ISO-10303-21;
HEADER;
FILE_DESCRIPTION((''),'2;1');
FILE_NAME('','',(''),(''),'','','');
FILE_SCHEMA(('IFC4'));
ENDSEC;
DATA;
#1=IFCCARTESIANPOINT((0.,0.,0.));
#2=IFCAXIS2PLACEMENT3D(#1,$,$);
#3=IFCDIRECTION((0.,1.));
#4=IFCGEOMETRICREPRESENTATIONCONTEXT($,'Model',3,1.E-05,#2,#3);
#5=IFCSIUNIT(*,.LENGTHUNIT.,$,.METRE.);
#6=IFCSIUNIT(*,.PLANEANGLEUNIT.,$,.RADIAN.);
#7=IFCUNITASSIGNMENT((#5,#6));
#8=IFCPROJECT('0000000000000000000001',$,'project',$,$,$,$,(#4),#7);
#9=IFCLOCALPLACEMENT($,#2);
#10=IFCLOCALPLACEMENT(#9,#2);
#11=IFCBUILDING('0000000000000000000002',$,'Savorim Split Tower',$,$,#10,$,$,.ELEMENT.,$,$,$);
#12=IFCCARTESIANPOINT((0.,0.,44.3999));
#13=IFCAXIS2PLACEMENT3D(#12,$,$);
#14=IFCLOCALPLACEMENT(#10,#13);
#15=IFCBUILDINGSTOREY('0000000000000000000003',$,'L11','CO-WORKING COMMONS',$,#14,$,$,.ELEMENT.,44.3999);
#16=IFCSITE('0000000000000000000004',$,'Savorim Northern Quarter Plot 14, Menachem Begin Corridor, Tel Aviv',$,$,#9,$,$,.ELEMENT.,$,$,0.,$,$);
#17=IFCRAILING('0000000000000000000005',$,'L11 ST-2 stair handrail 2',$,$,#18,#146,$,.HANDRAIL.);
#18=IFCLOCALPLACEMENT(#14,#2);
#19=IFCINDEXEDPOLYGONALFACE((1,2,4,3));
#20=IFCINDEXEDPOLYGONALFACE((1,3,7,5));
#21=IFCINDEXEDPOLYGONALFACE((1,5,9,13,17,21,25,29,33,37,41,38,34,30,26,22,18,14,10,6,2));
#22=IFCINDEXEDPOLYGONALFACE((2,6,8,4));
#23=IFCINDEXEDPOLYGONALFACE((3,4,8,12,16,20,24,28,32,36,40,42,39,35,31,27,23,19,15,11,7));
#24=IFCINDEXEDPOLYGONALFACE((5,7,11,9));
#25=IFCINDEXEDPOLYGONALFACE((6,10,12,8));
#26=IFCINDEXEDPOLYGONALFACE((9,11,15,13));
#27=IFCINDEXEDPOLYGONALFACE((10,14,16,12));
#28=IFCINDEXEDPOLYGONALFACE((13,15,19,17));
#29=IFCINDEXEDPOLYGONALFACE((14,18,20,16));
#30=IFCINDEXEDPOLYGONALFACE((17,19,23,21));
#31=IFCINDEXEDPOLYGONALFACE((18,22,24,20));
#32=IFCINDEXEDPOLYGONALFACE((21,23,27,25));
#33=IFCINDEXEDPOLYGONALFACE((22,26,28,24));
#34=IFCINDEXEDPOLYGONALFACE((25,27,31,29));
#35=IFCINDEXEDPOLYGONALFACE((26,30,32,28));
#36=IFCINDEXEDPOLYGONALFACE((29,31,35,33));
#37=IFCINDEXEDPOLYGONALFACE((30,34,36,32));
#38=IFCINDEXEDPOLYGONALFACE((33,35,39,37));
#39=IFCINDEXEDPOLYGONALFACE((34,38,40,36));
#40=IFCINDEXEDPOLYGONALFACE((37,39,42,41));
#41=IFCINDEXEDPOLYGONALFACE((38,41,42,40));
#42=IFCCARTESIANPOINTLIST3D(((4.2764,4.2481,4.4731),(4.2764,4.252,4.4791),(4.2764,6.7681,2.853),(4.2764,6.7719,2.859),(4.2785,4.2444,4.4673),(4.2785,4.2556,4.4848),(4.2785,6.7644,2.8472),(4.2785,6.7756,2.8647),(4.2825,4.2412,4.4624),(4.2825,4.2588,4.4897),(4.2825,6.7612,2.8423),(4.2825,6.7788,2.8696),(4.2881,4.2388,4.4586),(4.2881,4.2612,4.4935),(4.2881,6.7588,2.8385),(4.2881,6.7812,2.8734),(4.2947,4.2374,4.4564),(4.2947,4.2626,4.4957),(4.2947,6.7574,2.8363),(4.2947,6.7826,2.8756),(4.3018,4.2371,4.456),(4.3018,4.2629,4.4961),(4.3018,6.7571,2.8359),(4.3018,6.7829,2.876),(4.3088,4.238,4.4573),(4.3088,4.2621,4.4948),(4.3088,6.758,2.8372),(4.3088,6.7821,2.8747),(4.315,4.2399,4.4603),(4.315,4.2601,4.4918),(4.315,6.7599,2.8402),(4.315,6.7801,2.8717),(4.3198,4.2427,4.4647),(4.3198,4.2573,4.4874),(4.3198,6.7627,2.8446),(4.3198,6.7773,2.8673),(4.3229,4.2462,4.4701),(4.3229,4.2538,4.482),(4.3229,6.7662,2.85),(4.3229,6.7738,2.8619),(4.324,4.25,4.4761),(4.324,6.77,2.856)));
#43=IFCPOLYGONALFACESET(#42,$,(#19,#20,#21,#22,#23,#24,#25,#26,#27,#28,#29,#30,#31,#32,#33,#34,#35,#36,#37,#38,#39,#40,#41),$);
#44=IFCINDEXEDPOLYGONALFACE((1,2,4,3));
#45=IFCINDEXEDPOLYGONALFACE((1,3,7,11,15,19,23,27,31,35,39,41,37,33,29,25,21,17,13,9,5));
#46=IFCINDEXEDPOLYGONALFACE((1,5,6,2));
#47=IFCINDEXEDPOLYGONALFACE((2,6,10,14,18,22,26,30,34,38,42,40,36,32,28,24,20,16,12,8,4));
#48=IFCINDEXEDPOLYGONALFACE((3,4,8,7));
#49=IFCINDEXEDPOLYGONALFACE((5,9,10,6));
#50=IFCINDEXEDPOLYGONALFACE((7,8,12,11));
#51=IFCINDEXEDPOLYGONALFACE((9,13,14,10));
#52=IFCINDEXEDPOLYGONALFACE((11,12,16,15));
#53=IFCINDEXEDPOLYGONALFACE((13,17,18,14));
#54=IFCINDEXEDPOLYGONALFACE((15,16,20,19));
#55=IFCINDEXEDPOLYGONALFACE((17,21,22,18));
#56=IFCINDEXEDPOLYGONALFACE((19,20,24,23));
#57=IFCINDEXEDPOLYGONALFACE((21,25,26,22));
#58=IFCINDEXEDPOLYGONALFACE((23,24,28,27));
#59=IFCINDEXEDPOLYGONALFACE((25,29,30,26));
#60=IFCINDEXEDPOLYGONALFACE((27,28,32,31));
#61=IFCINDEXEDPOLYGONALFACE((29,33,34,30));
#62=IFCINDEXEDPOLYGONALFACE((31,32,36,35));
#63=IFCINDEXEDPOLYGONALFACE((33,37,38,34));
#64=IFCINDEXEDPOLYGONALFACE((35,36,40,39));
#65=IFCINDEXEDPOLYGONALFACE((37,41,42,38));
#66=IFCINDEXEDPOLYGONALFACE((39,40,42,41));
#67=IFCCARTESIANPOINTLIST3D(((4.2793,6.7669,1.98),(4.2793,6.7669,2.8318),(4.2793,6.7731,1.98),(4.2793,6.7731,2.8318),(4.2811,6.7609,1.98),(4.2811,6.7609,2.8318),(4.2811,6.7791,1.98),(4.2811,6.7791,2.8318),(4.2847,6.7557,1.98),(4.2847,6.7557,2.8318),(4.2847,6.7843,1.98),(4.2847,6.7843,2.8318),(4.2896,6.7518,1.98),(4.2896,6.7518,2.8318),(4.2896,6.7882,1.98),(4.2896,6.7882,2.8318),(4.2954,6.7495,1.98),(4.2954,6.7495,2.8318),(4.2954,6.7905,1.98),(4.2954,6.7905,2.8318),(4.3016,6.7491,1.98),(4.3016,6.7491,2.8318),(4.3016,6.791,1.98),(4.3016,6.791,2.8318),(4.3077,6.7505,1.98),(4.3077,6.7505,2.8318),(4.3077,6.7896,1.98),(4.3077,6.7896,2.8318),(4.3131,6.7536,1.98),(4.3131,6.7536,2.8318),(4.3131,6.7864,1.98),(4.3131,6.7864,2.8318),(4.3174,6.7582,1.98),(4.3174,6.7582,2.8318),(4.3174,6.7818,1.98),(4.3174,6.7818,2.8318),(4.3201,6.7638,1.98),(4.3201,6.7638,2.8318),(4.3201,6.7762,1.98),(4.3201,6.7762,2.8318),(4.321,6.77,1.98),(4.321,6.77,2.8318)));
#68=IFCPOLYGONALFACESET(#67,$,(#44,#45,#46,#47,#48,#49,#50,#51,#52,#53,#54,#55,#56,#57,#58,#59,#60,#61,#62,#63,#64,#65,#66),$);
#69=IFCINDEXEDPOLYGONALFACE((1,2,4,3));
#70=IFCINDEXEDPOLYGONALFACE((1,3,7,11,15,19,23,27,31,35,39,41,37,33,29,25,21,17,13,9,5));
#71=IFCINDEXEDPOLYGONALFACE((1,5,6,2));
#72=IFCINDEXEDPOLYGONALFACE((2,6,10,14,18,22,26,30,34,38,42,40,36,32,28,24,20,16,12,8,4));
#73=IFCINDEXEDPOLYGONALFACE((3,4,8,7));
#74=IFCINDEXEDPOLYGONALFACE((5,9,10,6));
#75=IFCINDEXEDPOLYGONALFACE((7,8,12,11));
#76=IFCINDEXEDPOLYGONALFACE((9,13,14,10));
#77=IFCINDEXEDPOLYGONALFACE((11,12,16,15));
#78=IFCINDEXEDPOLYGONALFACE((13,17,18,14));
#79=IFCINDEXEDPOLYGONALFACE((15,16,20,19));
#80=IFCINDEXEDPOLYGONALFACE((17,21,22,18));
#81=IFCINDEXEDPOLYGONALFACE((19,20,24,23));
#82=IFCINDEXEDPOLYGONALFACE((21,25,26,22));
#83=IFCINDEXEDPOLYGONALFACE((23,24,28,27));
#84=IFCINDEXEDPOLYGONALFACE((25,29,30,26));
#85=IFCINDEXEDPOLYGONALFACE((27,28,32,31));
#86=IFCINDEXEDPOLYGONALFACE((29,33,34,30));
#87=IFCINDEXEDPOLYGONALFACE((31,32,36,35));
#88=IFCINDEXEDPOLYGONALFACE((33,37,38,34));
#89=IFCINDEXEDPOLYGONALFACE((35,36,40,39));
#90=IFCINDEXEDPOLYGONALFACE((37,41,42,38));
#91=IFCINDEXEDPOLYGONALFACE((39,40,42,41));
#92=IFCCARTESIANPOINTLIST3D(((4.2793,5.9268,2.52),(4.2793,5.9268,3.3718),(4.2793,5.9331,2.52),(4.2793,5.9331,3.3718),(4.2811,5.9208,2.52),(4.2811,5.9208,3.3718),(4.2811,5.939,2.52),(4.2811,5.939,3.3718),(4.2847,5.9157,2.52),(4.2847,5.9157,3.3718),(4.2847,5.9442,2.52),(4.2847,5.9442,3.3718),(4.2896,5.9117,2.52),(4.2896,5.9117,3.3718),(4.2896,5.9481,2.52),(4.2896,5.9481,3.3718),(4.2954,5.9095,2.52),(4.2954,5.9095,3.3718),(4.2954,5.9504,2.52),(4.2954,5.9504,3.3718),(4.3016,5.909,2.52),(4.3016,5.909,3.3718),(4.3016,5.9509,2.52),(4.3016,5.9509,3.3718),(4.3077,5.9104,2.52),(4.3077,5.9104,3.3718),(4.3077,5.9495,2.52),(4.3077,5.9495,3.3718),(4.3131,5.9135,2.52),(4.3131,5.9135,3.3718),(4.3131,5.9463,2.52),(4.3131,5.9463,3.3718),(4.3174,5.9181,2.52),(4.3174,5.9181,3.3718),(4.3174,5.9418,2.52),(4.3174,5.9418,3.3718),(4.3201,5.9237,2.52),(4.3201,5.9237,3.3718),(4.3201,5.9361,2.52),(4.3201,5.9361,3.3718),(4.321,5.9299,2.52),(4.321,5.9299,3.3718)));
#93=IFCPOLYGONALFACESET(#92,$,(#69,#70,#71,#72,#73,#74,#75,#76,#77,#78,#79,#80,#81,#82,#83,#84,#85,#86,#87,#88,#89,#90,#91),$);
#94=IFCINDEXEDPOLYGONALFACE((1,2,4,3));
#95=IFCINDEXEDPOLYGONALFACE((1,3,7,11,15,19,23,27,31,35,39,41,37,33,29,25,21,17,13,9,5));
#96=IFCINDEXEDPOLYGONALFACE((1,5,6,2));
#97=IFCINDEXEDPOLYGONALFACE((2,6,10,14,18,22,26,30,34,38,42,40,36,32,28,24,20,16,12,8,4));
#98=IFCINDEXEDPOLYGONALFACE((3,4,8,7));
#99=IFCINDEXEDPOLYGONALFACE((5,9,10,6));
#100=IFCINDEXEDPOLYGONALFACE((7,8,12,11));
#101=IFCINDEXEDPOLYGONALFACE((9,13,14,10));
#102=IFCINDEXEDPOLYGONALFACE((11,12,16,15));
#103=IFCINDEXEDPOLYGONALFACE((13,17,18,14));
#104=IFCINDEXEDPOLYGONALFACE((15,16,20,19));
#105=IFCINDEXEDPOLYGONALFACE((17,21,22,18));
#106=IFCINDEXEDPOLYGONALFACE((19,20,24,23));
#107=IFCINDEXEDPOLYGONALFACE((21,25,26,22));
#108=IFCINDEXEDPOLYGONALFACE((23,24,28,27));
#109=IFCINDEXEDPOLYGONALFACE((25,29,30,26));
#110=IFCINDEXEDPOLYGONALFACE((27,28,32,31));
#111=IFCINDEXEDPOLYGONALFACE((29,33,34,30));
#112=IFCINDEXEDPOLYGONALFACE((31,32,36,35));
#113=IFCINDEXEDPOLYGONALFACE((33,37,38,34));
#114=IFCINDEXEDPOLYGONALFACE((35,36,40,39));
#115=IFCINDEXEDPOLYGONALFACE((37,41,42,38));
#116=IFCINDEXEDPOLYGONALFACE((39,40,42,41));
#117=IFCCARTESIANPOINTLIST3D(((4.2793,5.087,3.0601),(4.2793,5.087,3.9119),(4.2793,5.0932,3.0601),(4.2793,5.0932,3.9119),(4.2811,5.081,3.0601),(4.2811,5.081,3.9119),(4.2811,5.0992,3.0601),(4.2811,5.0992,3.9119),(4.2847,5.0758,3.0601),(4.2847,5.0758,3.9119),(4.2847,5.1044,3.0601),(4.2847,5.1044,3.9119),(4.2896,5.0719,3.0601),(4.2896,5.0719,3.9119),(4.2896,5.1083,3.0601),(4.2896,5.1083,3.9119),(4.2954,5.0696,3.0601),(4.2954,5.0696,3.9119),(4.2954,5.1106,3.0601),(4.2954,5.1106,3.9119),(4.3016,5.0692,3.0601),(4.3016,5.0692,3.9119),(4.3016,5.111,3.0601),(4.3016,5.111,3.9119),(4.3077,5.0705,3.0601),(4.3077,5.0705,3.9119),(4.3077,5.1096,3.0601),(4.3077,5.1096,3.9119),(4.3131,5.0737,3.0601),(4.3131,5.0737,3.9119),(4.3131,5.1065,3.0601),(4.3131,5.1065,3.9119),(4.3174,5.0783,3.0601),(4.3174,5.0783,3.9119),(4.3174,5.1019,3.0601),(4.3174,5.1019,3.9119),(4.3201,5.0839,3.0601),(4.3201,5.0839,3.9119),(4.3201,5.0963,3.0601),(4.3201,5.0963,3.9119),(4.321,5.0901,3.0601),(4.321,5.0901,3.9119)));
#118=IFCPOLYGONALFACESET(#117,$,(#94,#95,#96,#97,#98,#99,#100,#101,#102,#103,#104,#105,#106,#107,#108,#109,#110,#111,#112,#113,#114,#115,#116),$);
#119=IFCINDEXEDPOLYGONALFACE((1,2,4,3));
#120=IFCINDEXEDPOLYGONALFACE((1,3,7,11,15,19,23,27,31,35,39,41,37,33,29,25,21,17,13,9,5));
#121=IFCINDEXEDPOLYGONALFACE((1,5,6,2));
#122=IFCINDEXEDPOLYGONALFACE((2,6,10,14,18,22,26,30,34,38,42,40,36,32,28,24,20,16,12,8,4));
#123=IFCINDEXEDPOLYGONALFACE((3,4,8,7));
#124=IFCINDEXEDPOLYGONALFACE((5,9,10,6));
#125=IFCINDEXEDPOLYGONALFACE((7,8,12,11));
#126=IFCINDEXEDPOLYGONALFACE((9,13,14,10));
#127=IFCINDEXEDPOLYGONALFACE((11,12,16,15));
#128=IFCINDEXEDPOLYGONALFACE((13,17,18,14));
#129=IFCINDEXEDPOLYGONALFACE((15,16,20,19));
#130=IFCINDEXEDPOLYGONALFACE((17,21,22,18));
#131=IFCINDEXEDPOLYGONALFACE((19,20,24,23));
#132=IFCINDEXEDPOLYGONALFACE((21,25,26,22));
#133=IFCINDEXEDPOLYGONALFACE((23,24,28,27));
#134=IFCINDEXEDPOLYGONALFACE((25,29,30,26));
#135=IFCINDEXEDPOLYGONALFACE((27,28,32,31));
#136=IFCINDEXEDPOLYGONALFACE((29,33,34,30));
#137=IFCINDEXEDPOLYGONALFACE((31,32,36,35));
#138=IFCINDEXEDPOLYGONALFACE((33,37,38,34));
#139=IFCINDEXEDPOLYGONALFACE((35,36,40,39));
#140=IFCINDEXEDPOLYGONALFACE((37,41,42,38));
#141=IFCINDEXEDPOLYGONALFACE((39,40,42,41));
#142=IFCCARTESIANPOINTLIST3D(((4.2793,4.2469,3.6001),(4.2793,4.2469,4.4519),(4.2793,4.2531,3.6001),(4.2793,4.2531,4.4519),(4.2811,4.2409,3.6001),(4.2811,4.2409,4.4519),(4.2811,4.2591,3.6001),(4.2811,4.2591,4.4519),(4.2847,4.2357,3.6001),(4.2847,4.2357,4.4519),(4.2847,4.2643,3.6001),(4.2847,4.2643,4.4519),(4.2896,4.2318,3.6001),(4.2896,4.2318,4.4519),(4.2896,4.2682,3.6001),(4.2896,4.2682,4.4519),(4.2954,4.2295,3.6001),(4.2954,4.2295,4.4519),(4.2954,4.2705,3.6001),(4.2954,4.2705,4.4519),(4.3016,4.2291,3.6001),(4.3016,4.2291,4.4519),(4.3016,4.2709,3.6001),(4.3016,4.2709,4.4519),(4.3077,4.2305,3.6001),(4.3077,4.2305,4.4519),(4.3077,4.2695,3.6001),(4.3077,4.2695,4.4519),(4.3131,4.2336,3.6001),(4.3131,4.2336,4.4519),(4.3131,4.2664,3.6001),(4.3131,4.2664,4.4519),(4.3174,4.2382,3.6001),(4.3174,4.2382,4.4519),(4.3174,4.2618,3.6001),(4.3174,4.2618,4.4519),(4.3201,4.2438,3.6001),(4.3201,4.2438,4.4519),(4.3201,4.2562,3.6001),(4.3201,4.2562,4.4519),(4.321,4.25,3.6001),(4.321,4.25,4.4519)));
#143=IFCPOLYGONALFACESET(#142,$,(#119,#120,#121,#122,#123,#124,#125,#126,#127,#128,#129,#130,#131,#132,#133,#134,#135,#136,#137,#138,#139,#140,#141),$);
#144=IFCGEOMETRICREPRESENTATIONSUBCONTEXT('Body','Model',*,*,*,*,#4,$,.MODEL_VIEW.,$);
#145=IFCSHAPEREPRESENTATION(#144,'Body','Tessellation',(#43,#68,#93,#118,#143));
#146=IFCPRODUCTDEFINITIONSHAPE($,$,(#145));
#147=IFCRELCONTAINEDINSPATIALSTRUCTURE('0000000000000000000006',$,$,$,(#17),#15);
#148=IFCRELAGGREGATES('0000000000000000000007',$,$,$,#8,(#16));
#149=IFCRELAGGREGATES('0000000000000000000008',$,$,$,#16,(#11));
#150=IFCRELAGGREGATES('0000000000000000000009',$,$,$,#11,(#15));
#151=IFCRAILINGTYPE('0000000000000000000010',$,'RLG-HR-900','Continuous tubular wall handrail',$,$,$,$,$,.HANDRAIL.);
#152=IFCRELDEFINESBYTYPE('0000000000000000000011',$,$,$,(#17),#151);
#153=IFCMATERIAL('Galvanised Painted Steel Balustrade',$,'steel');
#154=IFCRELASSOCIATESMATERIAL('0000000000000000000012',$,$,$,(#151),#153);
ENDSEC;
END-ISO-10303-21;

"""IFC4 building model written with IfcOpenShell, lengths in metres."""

from ifc_helpers import new_model, si_unit, direction, frame, origin, origin_2d, place, context, subcontext, project, spatial, circle, extrude, material, type_object, element, save


model = new_model("IFC4")

# Units and contexts
model_context = context("Model", 3, precision=1e-05, world=origin(), true_north=direction((0.0, 1.0)))
body_context = subcontext(model_context, "Body", "Model", "MODEL_VIEW")
ifc_project = project(units=[si_unit("LENGTHUNIT", "METRE"), si_unit("PLANEANGLEUNIT", "RADIAN")], contexts=[model_context])

# Site, building, storey
site_placement = place(None, origin())
site = spatial("IfcSite", under=ifc_project, at=site_placement, Name="Savorim Northern Quarter Plot 14, Menachem Begin Corridor, Tel Aviv", CompositionType="ELEMENT", RefElevation=0.0)
building_placement = place(site_placement, origin())
building = spatial("IfcBuilding", under=site, at=building_placement, Name="Savorim Split Tower", CompositionType="ELEMENT")
storey_placement = place(building_placement, frame((0.0, 0.0, 44.3999)))
storey = spatial("IfcBuildingStorey", under=building, at=storey_placement, Name="L11", Description="CO-WORKING COMMONS", CompositionType="ELEMENT", Elevation=44.3999)

# Railing
ifc_material_1 = material(Name="Galvanised Painted Steel Balustrade", Category="steel")
railing_type_1 = type_object("IfcRailingType", Name="RLG-HR-900", Description="Continuous tubular wall handrail", PredefinedType="HANDRAIL", material=ifc_material_1)
railing_1_placement = place(storey_placement, frame((4.3, 6.77, 1.98)))
element("IfcRailing", 1, at=railing_1_placement, inside=storey, type_object=railing_type_1, Name="L11 ST-2 stair handrail 2", PredefinedType="HANDRAIL", context=body_context, shape_type="SweptSolid", body=[
    extrude(circle(Radius=0.0239, at=origin_2d()), frame((0.0, 0.0, 0.876), z_axis=(0.0, -0.841163, 0.540782), x_axis=(1.0, 0.0, 0.0)), (0.0, 0.0, 1.0), 2.9958),
    extrude(circle(Radius=0.021, at=origin_2d()), origin(), (0.0, 0.0, 1.0), 0.8518),
    extrude(circle(Radius=0.021, at=origin_2d()), frame((0.0, -0.8401, 0.54)), (0.0, 0.0, 1.0), 0.8518),
    extrude(circle(Radius=0.021, at=origin_2d()), frame((0.0, -1.6799, 1.0801)), (0.0, 0.0, 1.0), 0.8518),
    extrude(circle(Radius=0.021, at=origin_2d()), frame((0.0, -2.52, 1.6201)), (0.0, 0.0, 1.0), 0.8518),
])

save(model, "model.ifc")
